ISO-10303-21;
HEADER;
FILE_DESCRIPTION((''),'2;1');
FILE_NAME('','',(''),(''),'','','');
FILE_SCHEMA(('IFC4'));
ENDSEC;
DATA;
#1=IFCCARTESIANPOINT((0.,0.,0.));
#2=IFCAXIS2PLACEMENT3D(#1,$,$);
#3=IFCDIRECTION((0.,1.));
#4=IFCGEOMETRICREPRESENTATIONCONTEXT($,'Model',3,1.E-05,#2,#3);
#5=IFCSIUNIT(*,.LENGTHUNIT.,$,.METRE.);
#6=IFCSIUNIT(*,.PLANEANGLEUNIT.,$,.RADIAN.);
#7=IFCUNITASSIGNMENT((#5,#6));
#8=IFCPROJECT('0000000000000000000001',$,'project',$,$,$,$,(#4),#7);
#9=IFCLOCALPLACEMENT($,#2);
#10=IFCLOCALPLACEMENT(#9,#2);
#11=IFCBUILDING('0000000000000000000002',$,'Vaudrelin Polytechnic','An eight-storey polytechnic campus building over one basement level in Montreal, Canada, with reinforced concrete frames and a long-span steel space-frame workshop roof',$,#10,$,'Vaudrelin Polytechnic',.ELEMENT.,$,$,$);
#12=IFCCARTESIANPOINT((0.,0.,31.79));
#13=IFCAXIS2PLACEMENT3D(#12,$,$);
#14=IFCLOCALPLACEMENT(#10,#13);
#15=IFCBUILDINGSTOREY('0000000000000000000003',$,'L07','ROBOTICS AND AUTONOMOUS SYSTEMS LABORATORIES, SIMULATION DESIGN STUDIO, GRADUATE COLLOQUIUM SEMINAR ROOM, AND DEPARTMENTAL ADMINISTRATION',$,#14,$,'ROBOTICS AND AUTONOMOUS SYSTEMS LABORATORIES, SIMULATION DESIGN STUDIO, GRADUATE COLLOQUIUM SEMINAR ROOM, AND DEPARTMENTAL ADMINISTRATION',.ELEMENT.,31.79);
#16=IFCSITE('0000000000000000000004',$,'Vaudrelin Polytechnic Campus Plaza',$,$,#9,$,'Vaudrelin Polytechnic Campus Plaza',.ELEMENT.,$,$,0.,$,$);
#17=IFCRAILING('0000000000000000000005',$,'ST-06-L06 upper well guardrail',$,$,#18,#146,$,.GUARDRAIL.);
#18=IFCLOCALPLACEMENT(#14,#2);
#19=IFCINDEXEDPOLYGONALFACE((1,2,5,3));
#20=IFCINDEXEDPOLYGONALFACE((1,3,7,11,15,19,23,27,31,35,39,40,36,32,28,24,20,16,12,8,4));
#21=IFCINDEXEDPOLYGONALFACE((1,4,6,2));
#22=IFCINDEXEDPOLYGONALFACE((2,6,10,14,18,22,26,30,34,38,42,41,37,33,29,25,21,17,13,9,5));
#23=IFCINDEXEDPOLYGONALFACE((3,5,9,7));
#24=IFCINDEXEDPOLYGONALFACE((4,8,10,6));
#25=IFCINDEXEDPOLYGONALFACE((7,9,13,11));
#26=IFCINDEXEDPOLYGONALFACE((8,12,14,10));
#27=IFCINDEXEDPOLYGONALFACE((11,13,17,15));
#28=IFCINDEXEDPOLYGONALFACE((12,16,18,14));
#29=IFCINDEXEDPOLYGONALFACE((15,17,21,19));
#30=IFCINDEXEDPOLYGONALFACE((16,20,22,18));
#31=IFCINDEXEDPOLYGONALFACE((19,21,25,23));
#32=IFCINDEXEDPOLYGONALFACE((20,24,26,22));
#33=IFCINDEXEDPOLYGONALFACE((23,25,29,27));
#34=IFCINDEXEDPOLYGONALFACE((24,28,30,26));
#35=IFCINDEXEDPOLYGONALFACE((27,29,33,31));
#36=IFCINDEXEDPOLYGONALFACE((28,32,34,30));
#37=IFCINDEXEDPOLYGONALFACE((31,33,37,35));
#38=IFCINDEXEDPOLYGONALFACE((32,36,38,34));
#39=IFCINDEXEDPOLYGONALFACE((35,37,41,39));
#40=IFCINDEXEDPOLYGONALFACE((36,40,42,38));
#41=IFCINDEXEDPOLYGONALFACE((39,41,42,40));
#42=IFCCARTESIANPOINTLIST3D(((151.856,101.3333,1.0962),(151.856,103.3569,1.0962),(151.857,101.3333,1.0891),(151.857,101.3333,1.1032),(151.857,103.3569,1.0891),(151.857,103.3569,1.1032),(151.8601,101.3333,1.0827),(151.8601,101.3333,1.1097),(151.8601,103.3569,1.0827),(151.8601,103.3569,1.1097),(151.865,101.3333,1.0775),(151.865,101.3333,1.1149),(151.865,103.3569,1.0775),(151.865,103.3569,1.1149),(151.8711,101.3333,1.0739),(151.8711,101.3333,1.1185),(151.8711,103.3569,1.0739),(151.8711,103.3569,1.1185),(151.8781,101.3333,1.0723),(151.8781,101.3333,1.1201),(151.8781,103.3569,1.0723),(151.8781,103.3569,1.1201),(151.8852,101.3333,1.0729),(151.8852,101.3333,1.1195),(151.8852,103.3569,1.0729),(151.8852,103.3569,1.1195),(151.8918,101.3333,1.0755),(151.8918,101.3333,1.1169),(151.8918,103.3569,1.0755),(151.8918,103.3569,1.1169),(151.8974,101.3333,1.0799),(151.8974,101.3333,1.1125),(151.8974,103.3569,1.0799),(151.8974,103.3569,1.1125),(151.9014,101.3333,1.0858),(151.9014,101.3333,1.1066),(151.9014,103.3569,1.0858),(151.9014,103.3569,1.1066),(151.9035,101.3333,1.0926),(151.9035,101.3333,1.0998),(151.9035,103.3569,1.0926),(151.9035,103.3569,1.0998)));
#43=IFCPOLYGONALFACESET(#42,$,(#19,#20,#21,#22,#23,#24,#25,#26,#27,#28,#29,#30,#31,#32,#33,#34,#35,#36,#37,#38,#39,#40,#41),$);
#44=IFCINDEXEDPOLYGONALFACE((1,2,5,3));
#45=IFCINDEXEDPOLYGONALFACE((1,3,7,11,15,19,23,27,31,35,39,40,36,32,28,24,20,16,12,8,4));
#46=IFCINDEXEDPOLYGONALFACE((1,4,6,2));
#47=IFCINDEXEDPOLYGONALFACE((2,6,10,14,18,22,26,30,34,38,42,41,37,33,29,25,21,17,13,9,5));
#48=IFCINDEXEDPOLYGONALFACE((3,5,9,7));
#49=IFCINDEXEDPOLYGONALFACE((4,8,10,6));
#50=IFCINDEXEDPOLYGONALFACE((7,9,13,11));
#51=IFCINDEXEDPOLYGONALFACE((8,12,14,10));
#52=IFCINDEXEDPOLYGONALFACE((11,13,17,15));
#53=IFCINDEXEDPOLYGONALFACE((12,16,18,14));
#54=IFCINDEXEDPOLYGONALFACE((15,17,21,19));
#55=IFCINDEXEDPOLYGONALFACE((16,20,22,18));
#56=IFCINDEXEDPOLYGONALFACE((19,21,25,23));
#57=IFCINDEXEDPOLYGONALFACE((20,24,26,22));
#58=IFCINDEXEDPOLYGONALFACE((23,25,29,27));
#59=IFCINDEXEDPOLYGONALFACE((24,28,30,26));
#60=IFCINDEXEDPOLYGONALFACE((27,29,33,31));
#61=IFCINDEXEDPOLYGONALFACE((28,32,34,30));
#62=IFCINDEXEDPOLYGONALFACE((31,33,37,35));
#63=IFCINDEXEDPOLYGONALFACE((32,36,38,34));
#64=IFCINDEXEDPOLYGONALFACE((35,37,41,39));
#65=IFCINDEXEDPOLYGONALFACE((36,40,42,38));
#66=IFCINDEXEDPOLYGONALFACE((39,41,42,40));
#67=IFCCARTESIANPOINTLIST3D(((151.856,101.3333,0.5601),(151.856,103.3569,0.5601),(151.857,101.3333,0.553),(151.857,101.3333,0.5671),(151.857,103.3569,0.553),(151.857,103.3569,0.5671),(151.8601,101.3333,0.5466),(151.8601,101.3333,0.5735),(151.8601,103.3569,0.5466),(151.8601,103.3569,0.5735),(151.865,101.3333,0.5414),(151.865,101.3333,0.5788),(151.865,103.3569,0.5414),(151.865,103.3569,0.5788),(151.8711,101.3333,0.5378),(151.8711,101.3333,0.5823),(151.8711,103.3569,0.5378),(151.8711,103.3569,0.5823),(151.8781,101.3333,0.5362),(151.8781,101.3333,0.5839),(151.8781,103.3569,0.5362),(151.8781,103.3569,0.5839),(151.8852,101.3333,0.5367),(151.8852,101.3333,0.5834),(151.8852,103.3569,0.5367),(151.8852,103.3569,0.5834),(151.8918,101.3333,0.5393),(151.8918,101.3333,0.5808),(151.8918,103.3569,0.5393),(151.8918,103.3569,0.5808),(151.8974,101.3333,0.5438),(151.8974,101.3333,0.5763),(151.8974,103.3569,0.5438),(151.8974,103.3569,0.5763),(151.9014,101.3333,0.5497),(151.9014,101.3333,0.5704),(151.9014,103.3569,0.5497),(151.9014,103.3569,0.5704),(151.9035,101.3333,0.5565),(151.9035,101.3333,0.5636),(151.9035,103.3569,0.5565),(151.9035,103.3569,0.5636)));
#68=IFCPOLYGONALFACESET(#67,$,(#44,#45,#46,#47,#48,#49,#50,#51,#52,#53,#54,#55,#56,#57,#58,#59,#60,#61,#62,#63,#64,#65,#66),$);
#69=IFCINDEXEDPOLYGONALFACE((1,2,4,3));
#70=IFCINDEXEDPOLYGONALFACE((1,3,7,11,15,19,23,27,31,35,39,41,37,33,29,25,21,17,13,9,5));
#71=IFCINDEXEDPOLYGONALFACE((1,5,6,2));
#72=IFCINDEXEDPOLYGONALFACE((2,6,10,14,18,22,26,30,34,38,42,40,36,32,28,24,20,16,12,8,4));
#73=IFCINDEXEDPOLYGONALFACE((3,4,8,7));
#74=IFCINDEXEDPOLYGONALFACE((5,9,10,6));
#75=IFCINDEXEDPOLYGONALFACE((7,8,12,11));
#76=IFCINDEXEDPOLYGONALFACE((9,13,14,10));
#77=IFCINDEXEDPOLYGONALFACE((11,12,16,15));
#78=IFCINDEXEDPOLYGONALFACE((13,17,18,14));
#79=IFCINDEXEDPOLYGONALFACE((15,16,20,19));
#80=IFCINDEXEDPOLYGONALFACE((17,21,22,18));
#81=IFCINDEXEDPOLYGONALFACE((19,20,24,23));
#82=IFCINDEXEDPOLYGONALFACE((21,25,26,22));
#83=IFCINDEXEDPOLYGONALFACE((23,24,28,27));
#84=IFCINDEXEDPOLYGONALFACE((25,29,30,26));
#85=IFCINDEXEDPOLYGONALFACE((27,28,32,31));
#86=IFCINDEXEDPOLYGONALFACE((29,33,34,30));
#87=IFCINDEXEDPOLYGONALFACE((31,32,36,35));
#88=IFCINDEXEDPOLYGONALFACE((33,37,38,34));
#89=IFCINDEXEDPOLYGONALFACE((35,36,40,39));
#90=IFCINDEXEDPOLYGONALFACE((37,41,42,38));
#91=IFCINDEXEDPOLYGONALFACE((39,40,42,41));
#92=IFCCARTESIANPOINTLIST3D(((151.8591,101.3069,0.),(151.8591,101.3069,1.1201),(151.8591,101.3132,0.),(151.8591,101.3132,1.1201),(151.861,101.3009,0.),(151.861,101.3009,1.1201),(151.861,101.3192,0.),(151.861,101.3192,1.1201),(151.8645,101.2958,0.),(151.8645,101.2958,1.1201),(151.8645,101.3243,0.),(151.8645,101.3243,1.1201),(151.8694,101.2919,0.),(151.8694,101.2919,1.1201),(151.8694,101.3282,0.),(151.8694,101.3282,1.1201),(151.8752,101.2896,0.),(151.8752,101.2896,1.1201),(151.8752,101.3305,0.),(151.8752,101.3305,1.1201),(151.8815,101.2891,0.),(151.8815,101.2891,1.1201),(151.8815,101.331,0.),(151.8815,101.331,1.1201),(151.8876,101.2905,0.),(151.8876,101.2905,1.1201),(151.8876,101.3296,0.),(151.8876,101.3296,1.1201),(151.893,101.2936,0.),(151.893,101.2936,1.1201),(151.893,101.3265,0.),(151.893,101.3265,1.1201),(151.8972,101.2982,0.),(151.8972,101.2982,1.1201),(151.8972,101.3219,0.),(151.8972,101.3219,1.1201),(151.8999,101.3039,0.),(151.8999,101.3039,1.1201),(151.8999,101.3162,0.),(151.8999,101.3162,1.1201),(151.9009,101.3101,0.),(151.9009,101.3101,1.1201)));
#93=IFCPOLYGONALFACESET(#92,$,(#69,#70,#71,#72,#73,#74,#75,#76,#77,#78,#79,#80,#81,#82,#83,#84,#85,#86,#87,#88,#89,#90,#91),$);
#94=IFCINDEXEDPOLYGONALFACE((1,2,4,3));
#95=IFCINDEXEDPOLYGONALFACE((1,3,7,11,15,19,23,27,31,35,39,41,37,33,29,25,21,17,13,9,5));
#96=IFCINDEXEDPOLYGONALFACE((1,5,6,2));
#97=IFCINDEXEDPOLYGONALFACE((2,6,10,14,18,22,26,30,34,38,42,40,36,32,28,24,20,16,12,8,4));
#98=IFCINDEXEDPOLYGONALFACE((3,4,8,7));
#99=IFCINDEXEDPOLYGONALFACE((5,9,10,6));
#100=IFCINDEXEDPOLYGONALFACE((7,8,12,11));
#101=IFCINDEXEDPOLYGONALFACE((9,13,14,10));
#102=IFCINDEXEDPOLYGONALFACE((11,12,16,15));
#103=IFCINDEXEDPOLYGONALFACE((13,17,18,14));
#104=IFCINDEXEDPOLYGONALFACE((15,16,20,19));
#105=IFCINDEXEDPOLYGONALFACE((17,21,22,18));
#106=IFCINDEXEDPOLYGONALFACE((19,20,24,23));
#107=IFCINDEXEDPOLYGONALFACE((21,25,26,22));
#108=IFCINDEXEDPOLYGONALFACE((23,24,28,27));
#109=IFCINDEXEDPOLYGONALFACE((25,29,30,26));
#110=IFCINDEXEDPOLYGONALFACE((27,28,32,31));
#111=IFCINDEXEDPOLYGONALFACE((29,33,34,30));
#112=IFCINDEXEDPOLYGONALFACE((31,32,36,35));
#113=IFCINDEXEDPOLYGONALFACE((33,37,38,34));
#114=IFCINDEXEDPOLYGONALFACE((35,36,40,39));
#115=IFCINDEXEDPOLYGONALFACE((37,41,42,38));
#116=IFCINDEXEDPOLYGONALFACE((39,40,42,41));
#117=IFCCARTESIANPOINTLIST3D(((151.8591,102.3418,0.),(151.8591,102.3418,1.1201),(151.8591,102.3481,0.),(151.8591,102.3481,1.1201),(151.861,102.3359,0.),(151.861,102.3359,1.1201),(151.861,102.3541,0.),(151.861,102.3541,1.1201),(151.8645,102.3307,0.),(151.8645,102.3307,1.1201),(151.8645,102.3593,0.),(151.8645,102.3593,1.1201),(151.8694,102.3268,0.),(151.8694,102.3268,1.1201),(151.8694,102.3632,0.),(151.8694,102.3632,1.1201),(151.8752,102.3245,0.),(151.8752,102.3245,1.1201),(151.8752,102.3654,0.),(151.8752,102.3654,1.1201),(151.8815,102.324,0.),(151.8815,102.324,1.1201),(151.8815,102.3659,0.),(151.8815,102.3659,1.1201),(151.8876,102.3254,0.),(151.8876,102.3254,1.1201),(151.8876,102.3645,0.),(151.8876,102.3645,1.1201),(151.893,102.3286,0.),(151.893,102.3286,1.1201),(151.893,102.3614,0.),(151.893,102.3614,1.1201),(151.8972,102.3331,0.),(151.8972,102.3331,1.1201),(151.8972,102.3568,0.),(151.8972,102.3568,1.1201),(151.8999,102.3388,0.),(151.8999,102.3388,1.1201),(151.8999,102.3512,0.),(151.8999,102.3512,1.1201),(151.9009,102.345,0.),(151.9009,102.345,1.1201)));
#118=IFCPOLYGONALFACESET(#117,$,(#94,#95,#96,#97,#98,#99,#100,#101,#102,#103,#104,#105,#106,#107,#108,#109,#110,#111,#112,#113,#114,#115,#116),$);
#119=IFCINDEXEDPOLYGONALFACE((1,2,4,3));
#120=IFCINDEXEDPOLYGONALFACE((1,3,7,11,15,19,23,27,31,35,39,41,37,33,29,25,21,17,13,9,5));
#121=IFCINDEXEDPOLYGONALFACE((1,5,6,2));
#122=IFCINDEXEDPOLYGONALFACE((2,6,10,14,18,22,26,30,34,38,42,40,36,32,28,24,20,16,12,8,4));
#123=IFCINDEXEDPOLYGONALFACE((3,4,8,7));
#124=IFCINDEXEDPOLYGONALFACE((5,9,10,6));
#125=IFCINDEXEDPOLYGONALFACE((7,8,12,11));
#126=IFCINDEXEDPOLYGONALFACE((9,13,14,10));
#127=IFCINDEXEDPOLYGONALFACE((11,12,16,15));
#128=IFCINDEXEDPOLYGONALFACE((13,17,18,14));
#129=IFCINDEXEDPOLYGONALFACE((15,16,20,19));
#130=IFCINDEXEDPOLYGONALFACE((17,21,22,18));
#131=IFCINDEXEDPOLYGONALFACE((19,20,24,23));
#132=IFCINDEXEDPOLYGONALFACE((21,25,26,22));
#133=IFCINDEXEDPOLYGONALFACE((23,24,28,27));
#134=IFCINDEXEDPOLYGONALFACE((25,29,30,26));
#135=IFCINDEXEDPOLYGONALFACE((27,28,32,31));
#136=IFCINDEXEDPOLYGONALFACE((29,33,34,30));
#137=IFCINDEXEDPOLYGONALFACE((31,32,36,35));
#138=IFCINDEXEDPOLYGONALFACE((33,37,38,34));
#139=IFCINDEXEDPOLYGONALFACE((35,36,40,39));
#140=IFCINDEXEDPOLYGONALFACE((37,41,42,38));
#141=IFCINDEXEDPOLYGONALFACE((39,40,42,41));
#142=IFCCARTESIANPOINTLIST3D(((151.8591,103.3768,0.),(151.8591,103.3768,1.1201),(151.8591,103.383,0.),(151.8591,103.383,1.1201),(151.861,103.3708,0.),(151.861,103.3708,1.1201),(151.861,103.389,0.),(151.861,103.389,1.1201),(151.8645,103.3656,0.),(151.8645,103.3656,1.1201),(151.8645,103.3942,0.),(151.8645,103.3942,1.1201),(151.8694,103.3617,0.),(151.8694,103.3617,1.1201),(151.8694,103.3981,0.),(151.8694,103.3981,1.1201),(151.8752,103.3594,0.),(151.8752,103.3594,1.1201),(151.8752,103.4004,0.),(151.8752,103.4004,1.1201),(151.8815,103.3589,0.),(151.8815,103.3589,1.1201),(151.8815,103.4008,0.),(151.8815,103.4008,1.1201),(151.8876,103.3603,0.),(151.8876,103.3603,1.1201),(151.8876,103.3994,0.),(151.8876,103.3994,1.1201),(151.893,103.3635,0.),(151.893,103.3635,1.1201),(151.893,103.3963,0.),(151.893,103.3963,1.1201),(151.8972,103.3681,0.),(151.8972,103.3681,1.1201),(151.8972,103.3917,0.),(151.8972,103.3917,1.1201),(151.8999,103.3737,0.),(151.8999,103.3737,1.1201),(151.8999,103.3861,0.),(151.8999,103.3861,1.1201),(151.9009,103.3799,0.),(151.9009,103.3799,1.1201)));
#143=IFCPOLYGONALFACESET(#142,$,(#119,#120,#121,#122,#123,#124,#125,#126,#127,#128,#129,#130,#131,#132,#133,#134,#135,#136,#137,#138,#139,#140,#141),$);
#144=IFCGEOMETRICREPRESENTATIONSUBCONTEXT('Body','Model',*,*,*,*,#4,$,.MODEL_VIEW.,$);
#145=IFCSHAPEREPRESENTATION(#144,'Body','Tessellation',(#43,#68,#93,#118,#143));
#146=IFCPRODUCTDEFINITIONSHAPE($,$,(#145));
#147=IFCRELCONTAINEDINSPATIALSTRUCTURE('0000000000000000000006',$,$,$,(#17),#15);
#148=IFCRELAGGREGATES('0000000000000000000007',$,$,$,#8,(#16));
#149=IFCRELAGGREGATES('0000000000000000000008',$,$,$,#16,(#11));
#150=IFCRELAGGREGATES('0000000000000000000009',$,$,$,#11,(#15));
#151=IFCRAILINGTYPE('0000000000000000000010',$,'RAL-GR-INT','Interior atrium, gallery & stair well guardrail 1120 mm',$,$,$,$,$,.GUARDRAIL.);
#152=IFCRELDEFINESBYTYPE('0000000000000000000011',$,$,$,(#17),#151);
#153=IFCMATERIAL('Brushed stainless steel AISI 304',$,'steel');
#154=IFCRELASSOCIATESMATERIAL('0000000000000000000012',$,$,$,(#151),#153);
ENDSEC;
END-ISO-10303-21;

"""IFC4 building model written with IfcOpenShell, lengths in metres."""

from ifc_helpers import new_model, si_unit, direction, frame, origin, origin_2d, place, context, subcontext, project, spatial, circle, extrude, material, type_object, element, save


model = new_model("IFC4")

# Units and contexts
model_context = context("Model", 3, precision=1e-05, world=origin(), true_north=direction((0.0, 1.0)))
body_context = subcontext(model_context, "Body", "Model", "MODEL_VIEW")
ifc_project = project(units=[si_unit("LENGTHUNIT", "METRE"), si_unit("PLANEANGLEUNIT", "RADIAN")], contexts=[model_context])

# Site, building, storey
site_placement = place(None, origin())
site = spatial("IfcSite", under=ifc_project, at=site_placement, Name="Vaudrelin Polytechnic Campus Plaza", LongName="Vaudrelin Polytechnic Campus Plaza", CompositionType="ELEMENT", RefElevation=0.0)
building_placement = place(site_placement, origin())
building = spatial("IfcBuilding", under=site, at=building_placement, Name="Vaudrelin Polytechnic", Description="An eight-storey polytechnic campus building over one basement level in Montreal, Canada, with reinforced concrete frames and a long-span steel space-frame workshop roof", LongName="Vaudrelin Polytechnic", CompositionType="ELEMENT")
storey_placement = place(building_placement, frame((0.0, 0.0, 31.79)))
storey = spatial("IfcBuildingStorey", under=building, at=storey_placement, Name="L07", Description="ROBOTICS AND AUTONOMOUS SYSTEMS LABORATORIES, SIMULATION DESIGN STUDIO, GRADUATE COLLOQUIUM SEMINAR ROOM, AND DEPARTMENTAL ADMINISTRATION", LongName="ROBOTICS AND AUTONOMOUS SYSTEMS LABORATORIES, SIMULATION DESIGN STUDIO, GRADUATE COLLOQUIUM SEMINAR ROOM, AND DEPARTMENTAL ADMINISTRATION", CompositionType="ELEMENT", Elevation=31.79)

# Shared definitions
ifc_material_1 = material(Name="Brushed stainless steel AISI 304", Category="steel")

# Railing
railing_type = type_object("IfcRailingType", Name="RAL-GR-INT", Description="Interior atrium, gallery & stair well guardrail 1120 mm", PredefinedType="GUARDRAIL", material=ifc_material_1)
railing_1_placement = place(storey_placement, frame((151.8799, 101.3101, 0.0)))
element("IfcRailing", 1, at=railing_1_placement, inside=storey, type_object=railing_type, Name="ST-06-L06 upper well guardrail", PredefinedType="GUARDRAIL", context=body_context, shape_type="SweptSolid", body=[
    extrude(circle(Radius=0.0239, at=origin_2d()), frame((0.0, 0.0232, 1.0962), z_axis=(0.0, 1.0, 0.0), x_axis=(-1.0, 0.0, 0.0)), (0.0, 0.0, 1.0), 2.0237),
    extrude(circle(Radius=0.0239, at=origin_2d()), frame((0.0, 0.0232, 0.5601), z_axis=(0.0, 1.0, 0.0), x_axis=(-1.0, 0.0, 0.0)), (0.0, 0.0, 1.0), 2.0237),
    extrude(circle(Radius=0.021, at=origin_2d()), origin(), (0.0, 0.0, 1.0), 1.1201),
    extrude(circle(Radius=0.021, at=origin_2d()), frame((0.0, 1.0349, 0.0)), (0.0, 0.0, 1.0), 1.1201),
    extrude(circle(Radius=0.021, at=origin_2d()), frame((0.0, 2.0698, 0.0)), (0.0, 0.0, 1.0), 1.1201),
])

save(model, "model.ifc")
